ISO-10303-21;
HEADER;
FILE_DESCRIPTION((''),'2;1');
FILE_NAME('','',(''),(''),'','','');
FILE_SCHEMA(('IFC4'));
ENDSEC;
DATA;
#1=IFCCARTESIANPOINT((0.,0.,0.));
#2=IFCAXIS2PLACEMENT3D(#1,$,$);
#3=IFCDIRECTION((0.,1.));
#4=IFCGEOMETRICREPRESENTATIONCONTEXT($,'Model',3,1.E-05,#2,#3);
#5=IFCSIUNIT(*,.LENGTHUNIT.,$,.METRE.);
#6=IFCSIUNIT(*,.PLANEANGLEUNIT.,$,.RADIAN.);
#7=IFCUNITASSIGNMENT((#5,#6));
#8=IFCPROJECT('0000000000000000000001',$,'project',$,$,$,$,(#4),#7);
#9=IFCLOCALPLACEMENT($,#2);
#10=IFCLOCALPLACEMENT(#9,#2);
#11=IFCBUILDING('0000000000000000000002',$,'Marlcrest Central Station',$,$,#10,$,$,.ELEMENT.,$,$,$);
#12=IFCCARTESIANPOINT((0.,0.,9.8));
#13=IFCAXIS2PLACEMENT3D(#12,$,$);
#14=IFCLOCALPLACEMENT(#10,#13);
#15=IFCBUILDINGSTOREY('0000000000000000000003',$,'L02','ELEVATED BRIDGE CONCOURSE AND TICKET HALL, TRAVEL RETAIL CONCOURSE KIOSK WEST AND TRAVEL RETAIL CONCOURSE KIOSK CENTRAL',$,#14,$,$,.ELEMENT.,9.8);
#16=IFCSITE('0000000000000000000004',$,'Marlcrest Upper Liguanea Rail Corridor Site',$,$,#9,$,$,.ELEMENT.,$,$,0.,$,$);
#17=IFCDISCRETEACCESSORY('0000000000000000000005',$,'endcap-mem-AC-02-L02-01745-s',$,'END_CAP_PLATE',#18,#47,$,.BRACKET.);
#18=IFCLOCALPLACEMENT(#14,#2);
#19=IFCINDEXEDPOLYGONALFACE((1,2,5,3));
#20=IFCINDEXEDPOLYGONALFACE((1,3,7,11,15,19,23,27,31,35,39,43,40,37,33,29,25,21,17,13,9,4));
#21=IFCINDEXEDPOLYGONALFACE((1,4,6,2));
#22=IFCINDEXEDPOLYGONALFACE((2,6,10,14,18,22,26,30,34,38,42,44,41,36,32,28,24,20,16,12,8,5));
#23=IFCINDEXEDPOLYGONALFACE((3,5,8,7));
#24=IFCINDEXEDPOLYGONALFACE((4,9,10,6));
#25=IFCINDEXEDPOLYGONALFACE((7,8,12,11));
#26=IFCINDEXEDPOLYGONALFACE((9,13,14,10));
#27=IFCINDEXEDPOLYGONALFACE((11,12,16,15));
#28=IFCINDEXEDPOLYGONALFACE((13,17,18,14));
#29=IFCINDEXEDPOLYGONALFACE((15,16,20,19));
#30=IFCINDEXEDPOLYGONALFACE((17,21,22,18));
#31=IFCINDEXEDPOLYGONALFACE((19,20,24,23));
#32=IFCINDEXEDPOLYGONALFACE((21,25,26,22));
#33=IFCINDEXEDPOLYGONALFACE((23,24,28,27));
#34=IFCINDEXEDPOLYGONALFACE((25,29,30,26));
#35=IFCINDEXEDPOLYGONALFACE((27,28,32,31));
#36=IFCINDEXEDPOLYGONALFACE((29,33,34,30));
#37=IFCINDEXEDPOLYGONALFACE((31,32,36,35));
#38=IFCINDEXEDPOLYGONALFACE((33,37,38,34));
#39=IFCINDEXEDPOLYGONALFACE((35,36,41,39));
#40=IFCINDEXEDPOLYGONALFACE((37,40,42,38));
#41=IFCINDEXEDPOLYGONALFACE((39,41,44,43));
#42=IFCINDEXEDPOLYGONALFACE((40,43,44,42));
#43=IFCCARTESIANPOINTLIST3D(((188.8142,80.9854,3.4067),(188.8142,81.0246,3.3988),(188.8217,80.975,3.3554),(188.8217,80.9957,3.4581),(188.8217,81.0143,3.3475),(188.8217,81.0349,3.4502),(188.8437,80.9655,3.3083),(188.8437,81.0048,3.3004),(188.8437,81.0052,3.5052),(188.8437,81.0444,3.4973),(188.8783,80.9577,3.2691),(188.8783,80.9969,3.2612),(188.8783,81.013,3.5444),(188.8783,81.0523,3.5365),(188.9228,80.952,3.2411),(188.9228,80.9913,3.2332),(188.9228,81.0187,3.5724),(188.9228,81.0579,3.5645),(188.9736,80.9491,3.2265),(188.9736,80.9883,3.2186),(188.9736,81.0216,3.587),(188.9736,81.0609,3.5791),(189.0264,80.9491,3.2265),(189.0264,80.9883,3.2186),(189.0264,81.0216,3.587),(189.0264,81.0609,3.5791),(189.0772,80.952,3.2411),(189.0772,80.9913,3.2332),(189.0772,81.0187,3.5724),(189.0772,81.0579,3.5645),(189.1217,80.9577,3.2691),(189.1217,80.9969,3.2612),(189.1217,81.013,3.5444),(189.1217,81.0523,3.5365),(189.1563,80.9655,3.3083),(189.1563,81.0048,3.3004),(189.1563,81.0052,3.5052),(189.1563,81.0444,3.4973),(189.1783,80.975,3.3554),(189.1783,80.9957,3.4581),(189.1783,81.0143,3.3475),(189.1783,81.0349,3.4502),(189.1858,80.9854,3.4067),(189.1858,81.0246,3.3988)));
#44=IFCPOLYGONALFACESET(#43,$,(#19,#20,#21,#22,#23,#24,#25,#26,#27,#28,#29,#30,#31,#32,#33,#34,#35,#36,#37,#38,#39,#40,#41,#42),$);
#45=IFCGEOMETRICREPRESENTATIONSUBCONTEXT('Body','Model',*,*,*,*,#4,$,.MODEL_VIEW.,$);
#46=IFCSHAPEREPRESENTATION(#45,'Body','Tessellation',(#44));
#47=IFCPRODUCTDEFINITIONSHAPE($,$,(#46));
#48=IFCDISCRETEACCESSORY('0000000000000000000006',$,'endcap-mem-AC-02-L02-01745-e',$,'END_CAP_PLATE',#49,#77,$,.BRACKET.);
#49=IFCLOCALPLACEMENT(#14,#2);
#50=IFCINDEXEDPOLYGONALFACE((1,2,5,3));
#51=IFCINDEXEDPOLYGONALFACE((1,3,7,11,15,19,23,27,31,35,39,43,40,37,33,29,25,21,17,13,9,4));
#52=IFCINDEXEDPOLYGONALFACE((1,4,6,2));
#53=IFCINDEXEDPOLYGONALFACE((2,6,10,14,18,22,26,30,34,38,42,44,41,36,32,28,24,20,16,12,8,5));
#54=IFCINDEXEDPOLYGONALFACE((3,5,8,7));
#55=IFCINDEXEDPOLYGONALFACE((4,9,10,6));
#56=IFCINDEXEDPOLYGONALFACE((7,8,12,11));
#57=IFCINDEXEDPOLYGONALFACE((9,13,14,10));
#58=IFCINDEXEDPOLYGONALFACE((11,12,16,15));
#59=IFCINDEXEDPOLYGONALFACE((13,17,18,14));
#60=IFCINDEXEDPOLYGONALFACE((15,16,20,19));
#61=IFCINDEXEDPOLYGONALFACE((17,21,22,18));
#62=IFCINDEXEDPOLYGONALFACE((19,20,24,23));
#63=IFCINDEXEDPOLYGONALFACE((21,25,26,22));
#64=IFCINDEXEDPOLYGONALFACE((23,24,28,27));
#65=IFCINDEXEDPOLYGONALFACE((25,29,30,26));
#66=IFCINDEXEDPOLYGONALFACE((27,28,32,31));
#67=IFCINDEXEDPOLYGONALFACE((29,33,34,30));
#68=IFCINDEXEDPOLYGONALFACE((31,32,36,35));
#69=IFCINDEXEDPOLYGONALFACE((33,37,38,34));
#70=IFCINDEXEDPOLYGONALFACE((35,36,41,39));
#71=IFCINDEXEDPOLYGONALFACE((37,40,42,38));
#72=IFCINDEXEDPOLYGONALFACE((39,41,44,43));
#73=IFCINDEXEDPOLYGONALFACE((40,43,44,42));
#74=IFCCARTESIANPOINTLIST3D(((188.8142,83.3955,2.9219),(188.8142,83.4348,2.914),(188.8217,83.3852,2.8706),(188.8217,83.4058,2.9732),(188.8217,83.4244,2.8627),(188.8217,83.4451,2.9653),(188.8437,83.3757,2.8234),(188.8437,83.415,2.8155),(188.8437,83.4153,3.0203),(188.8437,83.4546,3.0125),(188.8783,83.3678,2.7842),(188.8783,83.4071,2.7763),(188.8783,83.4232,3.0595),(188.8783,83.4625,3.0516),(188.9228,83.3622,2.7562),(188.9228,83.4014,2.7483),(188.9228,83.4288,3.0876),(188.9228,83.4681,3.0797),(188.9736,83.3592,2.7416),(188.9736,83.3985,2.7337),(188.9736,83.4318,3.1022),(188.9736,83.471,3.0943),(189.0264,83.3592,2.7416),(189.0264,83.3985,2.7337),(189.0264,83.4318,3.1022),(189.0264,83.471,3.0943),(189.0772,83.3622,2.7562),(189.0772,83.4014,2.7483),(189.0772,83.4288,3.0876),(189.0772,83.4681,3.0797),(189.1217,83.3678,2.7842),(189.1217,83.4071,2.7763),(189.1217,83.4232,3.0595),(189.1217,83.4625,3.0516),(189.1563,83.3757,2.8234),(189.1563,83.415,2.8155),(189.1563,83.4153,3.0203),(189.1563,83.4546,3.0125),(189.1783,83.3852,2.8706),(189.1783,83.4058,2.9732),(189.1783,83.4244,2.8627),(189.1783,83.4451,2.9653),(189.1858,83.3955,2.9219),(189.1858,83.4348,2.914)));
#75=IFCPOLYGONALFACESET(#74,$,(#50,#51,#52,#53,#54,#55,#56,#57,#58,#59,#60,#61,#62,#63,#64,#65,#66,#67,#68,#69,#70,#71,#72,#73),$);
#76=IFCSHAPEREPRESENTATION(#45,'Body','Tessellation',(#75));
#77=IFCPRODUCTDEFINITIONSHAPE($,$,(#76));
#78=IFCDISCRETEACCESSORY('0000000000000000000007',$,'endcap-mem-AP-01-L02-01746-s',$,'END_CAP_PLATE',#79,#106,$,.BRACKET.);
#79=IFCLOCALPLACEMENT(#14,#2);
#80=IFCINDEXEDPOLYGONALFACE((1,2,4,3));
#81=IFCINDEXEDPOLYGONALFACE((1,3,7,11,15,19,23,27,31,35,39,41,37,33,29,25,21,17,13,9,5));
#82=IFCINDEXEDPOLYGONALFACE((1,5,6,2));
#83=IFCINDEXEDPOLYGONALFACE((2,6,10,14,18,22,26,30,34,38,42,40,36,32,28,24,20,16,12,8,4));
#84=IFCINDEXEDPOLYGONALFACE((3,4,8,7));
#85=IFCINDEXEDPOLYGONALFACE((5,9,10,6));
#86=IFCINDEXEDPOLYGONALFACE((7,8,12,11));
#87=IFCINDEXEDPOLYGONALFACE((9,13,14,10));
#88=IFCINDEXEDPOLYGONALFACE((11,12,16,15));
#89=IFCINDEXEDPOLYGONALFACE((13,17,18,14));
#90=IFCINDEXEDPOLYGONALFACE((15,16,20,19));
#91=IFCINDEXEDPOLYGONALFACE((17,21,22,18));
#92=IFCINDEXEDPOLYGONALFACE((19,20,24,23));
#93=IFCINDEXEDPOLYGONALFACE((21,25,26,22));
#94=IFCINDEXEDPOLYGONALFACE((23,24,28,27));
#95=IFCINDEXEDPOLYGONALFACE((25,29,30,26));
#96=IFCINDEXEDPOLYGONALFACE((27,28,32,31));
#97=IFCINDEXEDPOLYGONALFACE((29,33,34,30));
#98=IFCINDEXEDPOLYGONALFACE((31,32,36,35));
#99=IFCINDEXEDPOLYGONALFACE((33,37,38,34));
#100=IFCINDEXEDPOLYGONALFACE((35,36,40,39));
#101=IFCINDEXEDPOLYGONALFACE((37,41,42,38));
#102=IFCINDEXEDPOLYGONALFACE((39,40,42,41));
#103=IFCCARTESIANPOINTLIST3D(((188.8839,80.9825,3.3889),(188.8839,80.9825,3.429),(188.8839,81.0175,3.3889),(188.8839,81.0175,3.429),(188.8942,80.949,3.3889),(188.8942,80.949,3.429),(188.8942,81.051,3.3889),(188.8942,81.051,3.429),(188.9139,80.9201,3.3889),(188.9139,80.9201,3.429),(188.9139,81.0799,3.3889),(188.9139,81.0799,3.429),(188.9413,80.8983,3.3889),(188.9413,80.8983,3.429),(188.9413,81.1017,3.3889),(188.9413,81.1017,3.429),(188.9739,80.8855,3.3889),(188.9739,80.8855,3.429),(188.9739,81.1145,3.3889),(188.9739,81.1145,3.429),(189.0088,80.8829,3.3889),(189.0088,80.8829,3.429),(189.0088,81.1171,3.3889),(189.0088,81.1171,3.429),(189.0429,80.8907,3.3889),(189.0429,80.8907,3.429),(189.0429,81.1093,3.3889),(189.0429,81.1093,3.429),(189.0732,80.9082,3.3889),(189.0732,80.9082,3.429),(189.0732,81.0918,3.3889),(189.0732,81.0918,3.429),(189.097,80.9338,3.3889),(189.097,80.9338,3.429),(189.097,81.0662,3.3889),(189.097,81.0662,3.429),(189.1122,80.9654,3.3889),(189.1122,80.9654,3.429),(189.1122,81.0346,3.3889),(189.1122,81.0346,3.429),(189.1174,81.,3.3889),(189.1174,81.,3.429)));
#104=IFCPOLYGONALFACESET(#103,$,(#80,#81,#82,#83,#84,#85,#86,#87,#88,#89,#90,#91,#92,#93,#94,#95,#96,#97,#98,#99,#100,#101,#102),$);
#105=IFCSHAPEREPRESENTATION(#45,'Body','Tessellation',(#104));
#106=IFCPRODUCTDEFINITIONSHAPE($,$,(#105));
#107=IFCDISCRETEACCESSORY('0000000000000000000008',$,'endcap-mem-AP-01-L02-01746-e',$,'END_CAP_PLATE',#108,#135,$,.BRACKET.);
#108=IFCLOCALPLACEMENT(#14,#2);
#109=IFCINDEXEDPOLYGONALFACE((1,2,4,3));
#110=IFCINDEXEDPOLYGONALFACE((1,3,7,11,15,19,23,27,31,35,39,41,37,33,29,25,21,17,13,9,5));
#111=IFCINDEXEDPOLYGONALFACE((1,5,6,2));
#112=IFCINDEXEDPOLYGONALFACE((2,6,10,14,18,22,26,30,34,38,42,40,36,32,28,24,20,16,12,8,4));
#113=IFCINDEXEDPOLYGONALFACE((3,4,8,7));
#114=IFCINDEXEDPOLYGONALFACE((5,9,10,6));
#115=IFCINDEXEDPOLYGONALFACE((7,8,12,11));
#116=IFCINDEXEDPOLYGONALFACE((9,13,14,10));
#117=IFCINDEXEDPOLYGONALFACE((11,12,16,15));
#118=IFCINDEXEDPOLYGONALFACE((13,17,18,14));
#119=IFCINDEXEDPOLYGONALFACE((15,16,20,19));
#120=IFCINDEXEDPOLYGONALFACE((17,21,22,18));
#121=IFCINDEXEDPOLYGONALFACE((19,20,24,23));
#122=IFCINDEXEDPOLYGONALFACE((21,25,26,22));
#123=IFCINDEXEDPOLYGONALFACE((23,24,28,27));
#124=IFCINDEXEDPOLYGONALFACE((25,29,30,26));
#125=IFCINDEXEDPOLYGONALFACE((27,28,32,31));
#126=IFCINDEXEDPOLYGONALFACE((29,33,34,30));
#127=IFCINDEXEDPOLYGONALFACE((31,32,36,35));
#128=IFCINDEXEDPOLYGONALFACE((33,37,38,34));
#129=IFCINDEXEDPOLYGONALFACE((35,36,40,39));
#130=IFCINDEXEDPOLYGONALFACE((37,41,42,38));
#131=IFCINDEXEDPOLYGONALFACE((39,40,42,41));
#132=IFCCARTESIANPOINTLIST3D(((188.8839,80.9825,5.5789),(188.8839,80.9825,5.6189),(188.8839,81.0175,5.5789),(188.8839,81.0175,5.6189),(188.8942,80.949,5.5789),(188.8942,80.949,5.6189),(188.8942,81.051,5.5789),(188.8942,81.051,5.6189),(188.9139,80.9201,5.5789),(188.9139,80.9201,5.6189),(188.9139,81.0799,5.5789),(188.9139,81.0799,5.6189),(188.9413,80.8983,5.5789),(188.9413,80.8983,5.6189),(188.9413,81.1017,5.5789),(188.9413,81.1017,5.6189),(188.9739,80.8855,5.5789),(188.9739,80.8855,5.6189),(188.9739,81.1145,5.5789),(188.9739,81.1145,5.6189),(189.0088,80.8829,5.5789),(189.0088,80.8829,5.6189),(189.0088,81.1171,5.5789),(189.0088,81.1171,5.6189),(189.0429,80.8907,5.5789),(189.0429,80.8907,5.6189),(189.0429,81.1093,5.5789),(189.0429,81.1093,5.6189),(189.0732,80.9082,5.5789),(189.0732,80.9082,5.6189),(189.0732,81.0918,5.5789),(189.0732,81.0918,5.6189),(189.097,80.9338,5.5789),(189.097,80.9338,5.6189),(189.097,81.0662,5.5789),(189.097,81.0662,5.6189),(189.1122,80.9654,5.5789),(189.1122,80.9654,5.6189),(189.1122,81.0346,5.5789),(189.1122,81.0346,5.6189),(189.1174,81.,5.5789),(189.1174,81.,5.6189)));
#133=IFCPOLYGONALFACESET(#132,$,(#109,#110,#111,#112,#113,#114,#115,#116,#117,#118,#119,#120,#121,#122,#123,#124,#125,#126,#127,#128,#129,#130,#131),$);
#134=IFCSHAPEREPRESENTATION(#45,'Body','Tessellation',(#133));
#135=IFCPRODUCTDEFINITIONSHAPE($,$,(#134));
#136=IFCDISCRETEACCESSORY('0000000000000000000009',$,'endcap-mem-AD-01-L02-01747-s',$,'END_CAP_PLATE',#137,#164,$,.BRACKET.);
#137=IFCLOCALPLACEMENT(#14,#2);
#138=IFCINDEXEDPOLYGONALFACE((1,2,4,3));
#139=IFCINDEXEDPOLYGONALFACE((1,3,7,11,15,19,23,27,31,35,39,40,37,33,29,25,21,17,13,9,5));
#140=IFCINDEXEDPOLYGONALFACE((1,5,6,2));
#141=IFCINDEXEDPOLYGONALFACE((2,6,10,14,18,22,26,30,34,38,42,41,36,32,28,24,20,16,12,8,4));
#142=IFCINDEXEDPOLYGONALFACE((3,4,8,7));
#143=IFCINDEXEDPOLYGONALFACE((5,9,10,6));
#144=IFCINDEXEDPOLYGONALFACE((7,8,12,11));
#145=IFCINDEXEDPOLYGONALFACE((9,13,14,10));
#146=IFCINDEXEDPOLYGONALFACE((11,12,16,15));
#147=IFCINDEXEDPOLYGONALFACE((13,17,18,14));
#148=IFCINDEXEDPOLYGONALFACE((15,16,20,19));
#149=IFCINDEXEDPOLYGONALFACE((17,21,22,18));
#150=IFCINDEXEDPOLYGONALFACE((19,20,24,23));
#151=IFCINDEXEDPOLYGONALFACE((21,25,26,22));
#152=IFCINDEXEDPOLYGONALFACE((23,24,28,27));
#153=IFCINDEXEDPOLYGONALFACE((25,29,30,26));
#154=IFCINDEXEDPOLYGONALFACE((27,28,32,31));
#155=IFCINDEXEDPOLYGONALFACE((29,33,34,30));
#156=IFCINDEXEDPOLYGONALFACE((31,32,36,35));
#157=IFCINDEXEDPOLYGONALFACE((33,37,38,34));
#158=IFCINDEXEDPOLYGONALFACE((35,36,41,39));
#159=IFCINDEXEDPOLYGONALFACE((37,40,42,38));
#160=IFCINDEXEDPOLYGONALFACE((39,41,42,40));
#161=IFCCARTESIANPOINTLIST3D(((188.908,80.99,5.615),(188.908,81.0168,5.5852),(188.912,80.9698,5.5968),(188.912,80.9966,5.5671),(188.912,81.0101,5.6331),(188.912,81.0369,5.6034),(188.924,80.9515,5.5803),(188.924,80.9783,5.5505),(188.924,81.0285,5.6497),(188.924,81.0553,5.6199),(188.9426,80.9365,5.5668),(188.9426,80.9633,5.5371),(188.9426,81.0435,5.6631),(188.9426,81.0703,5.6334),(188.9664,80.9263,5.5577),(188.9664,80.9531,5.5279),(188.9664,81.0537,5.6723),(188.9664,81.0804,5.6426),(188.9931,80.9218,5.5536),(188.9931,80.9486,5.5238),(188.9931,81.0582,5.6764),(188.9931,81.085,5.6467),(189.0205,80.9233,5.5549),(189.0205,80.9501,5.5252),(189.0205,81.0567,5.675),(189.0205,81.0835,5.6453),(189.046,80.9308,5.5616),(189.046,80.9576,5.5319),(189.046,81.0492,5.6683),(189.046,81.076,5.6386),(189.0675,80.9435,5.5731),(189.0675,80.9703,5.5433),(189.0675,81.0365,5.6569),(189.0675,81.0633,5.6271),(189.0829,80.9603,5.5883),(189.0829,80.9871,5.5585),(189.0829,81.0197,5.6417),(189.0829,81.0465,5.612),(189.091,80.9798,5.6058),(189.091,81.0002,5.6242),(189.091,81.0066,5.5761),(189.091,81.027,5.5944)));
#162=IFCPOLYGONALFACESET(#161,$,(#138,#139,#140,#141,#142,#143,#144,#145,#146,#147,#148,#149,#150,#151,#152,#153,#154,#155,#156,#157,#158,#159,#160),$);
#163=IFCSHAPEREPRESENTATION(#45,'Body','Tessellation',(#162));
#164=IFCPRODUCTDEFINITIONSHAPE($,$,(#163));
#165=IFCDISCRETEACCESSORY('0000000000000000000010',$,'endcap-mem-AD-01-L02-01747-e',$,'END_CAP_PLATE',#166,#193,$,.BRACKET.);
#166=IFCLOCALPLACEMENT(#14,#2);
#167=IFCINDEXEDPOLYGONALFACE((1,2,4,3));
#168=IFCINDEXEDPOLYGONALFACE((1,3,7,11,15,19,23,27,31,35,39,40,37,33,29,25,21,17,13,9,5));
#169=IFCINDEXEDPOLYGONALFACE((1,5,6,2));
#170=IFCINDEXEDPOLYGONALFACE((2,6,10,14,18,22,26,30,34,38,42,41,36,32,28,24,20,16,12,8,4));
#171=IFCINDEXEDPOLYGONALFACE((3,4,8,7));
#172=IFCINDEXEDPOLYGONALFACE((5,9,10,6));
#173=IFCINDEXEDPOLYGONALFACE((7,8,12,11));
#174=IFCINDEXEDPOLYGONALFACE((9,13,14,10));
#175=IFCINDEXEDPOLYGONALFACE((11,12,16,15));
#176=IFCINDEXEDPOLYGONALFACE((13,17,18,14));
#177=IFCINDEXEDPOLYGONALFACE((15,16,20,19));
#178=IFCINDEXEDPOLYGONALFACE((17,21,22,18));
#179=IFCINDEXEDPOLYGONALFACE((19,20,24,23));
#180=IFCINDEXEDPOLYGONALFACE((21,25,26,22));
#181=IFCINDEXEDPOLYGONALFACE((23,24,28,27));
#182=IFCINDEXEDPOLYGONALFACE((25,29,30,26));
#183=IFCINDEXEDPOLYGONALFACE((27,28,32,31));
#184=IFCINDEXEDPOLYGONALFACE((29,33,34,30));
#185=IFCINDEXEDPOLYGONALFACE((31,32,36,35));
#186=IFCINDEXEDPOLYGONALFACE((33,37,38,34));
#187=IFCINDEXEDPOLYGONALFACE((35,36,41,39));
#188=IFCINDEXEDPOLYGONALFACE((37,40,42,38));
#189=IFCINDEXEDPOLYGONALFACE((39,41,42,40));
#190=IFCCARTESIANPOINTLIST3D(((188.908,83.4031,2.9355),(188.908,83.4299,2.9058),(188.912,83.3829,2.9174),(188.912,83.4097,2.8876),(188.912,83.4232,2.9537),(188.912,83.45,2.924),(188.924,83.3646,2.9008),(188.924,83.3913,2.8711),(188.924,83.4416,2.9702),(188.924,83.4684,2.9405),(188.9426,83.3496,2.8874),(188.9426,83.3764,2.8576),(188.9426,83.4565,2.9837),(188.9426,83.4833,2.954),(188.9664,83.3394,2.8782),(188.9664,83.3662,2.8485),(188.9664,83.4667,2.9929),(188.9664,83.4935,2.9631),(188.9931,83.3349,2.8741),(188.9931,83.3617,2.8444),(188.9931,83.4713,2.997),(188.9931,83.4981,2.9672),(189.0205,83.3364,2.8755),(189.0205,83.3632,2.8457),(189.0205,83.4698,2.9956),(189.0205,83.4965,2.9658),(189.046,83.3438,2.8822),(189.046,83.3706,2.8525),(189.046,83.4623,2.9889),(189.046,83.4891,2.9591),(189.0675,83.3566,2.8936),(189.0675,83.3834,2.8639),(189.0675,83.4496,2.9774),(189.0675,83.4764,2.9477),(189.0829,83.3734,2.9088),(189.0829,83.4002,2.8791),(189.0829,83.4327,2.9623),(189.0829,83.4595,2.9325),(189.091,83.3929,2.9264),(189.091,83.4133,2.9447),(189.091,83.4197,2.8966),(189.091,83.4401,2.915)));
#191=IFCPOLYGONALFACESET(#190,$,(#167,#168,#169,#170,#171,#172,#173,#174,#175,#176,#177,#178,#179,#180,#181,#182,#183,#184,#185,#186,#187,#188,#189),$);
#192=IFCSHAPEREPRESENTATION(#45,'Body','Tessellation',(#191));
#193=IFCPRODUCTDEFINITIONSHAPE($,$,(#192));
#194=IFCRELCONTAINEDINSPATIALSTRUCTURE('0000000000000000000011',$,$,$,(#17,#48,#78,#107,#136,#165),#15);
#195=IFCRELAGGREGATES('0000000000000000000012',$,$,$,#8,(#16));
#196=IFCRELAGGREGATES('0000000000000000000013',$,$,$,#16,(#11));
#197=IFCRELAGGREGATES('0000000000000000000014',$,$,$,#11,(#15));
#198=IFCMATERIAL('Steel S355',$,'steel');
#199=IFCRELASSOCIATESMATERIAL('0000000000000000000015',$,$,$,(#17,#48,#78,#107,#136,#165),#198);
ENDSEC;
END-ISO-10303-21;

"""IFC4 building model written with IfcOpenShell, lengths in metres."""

from ifc_helpers import new_model, si_unit, direction, frame, origin, origin_2d, place, context, subcontext, project, spatial, circle, extrude, material, element, save


model = new_model("IFC4")

# Units and contexts
model_context = context("Model", 3, precision=1e-05, world=origin(), true_north=direction((0.0, 1.0)))
body_context = subcontext(model_context, "Body", "Model", "MODEL_VIEW")
ifc_project = project(units=[si_unit("LENGTHUNIT", "METRE"), si_unit("PLANEANGLEUNIT", "RADIAN")], contexts=[model_context])

# Site, building, storey
site_placement = place(None, origin())
site = spatial("IfcSite", under=ifc_project, at=site_placement, Name="Marlcrest Upper Liguanea Rail Corridor Site", CompositionType="ELEMENT", RefElevation=0.0)
building_placement = place(site_placement, origin())
building = spatial("IfcBuilding", under=site, at=building_placement, Name="Marlcrest Central Station", CompositionType="ELEMENT")
storey_placement = place(building_placement, frame((0.0, 0.0, 9.8)))
storey = spatial("IfcBuildingStorey", under=building, at=storey_placement, Name="L02", Description="ELEVATED BRIDGE CONCOURSE AND TICKET HALL, TRAVEL RETAIL CONCOURSE KIOSK WEST AND TRAVEL RETAIL CONCOURSE KIOSK CENTRAL", CompositionType="ELEMENT", Elevation=9.8)

# Shared definitions
ifc_material_1 = material(Name="Steel S355", Category="steel")

# Discrete accessories
for number, where, z_axis, x_axis, name in (
    (1, (189.0, 80.9854, 3.4067), (0.0, 0.980359, -0.197219), (-1.0, 0.0, 0.0), "endcap-mem-AC-02-L02-01745-s"),
    (2, (189.0, 83.3955, 2.9219), (0.0, 0.980359, -0.197219), (-1.0, 0.0, 0.0), "endcap-mem-AC-02-L02-01745-e"),
):
    element("IfcDiscreteAccessory", number, at=place(storey_placement, frame(where, z_axis=z_axis, x_axis=x_axis)), inside=storey, material=ifc_material_1, Name=name, ObjectType="END_CAP_PLATE", PredefinedType="BRACKET", context=body_context, shape_type="SweptSolid", body=[
        extrude(circle(Radius=0.1858, at=origin_2d()), origin(), (0.0, 0.0, 1.0), 0.04),
    ])
for number, where, z_axis, x_axis, name in (
    (3, (189.0, 81.0, 3.3889), (0.0, 0.0, 1.0), (1.0, 0.0, 0.0), "endcap-mem-AP-01-L02-01746-s"),
    (4, (189.0, 81.0, 5.5789), (0.0, 0.0, 1.0), (1.0, 0.0, 0.0), "endcap-mem-AP-01-L02-01746-e"),
):
    element("IfcDiscreteAccessory", number, at=place(storey_placement, frame(where, z_axis=z_axis, x_axis=x_axis)), inside=storey, material=ifc_material_1, Name=name, ObjectType="END_CAP_PLATE", PredefinedType="BRACKET", context=body_context, shape_type="SweptSolid", body=[
        extrude(circle(Radius=0.1174, at=origin_2d()), origin(), (0.0, 0.0, 1.0), 0.04),
    ])
for number, where, z_axis, x_axis, name in (
    (5, (189.0, 80.99, 5.615), (0.0, 0.669244, -0.743042), (-1.0, 0.0, 0.0), "endcap-mem-AD-01-L02-01747-s"),
    (6, (189.0, 83.4031, 2.9355), (0.0, 0.669244, -0.743042), (-1.0, 0.0, 0.0), "endcap-mem-AD-01-L02-01747-e"),
):
    element("IfcDiscreteAccessory", number, at=place(storey_placement, frame(where, z_axis=z_axis, x_axis=x_axis)), inside=storey, material=ifc_material_1, Name=name, ObjectType="END_CAP_PLATE", PredefinedType="BRACKET", context=body_context, shape_type="SweptSolid", body=[
        extrude(circle(Radius=0.092, at=origin_2d()), origin(), (0.0, 0.0, 1.0), 0.04),
    ])

save(model, "model.ifc")
